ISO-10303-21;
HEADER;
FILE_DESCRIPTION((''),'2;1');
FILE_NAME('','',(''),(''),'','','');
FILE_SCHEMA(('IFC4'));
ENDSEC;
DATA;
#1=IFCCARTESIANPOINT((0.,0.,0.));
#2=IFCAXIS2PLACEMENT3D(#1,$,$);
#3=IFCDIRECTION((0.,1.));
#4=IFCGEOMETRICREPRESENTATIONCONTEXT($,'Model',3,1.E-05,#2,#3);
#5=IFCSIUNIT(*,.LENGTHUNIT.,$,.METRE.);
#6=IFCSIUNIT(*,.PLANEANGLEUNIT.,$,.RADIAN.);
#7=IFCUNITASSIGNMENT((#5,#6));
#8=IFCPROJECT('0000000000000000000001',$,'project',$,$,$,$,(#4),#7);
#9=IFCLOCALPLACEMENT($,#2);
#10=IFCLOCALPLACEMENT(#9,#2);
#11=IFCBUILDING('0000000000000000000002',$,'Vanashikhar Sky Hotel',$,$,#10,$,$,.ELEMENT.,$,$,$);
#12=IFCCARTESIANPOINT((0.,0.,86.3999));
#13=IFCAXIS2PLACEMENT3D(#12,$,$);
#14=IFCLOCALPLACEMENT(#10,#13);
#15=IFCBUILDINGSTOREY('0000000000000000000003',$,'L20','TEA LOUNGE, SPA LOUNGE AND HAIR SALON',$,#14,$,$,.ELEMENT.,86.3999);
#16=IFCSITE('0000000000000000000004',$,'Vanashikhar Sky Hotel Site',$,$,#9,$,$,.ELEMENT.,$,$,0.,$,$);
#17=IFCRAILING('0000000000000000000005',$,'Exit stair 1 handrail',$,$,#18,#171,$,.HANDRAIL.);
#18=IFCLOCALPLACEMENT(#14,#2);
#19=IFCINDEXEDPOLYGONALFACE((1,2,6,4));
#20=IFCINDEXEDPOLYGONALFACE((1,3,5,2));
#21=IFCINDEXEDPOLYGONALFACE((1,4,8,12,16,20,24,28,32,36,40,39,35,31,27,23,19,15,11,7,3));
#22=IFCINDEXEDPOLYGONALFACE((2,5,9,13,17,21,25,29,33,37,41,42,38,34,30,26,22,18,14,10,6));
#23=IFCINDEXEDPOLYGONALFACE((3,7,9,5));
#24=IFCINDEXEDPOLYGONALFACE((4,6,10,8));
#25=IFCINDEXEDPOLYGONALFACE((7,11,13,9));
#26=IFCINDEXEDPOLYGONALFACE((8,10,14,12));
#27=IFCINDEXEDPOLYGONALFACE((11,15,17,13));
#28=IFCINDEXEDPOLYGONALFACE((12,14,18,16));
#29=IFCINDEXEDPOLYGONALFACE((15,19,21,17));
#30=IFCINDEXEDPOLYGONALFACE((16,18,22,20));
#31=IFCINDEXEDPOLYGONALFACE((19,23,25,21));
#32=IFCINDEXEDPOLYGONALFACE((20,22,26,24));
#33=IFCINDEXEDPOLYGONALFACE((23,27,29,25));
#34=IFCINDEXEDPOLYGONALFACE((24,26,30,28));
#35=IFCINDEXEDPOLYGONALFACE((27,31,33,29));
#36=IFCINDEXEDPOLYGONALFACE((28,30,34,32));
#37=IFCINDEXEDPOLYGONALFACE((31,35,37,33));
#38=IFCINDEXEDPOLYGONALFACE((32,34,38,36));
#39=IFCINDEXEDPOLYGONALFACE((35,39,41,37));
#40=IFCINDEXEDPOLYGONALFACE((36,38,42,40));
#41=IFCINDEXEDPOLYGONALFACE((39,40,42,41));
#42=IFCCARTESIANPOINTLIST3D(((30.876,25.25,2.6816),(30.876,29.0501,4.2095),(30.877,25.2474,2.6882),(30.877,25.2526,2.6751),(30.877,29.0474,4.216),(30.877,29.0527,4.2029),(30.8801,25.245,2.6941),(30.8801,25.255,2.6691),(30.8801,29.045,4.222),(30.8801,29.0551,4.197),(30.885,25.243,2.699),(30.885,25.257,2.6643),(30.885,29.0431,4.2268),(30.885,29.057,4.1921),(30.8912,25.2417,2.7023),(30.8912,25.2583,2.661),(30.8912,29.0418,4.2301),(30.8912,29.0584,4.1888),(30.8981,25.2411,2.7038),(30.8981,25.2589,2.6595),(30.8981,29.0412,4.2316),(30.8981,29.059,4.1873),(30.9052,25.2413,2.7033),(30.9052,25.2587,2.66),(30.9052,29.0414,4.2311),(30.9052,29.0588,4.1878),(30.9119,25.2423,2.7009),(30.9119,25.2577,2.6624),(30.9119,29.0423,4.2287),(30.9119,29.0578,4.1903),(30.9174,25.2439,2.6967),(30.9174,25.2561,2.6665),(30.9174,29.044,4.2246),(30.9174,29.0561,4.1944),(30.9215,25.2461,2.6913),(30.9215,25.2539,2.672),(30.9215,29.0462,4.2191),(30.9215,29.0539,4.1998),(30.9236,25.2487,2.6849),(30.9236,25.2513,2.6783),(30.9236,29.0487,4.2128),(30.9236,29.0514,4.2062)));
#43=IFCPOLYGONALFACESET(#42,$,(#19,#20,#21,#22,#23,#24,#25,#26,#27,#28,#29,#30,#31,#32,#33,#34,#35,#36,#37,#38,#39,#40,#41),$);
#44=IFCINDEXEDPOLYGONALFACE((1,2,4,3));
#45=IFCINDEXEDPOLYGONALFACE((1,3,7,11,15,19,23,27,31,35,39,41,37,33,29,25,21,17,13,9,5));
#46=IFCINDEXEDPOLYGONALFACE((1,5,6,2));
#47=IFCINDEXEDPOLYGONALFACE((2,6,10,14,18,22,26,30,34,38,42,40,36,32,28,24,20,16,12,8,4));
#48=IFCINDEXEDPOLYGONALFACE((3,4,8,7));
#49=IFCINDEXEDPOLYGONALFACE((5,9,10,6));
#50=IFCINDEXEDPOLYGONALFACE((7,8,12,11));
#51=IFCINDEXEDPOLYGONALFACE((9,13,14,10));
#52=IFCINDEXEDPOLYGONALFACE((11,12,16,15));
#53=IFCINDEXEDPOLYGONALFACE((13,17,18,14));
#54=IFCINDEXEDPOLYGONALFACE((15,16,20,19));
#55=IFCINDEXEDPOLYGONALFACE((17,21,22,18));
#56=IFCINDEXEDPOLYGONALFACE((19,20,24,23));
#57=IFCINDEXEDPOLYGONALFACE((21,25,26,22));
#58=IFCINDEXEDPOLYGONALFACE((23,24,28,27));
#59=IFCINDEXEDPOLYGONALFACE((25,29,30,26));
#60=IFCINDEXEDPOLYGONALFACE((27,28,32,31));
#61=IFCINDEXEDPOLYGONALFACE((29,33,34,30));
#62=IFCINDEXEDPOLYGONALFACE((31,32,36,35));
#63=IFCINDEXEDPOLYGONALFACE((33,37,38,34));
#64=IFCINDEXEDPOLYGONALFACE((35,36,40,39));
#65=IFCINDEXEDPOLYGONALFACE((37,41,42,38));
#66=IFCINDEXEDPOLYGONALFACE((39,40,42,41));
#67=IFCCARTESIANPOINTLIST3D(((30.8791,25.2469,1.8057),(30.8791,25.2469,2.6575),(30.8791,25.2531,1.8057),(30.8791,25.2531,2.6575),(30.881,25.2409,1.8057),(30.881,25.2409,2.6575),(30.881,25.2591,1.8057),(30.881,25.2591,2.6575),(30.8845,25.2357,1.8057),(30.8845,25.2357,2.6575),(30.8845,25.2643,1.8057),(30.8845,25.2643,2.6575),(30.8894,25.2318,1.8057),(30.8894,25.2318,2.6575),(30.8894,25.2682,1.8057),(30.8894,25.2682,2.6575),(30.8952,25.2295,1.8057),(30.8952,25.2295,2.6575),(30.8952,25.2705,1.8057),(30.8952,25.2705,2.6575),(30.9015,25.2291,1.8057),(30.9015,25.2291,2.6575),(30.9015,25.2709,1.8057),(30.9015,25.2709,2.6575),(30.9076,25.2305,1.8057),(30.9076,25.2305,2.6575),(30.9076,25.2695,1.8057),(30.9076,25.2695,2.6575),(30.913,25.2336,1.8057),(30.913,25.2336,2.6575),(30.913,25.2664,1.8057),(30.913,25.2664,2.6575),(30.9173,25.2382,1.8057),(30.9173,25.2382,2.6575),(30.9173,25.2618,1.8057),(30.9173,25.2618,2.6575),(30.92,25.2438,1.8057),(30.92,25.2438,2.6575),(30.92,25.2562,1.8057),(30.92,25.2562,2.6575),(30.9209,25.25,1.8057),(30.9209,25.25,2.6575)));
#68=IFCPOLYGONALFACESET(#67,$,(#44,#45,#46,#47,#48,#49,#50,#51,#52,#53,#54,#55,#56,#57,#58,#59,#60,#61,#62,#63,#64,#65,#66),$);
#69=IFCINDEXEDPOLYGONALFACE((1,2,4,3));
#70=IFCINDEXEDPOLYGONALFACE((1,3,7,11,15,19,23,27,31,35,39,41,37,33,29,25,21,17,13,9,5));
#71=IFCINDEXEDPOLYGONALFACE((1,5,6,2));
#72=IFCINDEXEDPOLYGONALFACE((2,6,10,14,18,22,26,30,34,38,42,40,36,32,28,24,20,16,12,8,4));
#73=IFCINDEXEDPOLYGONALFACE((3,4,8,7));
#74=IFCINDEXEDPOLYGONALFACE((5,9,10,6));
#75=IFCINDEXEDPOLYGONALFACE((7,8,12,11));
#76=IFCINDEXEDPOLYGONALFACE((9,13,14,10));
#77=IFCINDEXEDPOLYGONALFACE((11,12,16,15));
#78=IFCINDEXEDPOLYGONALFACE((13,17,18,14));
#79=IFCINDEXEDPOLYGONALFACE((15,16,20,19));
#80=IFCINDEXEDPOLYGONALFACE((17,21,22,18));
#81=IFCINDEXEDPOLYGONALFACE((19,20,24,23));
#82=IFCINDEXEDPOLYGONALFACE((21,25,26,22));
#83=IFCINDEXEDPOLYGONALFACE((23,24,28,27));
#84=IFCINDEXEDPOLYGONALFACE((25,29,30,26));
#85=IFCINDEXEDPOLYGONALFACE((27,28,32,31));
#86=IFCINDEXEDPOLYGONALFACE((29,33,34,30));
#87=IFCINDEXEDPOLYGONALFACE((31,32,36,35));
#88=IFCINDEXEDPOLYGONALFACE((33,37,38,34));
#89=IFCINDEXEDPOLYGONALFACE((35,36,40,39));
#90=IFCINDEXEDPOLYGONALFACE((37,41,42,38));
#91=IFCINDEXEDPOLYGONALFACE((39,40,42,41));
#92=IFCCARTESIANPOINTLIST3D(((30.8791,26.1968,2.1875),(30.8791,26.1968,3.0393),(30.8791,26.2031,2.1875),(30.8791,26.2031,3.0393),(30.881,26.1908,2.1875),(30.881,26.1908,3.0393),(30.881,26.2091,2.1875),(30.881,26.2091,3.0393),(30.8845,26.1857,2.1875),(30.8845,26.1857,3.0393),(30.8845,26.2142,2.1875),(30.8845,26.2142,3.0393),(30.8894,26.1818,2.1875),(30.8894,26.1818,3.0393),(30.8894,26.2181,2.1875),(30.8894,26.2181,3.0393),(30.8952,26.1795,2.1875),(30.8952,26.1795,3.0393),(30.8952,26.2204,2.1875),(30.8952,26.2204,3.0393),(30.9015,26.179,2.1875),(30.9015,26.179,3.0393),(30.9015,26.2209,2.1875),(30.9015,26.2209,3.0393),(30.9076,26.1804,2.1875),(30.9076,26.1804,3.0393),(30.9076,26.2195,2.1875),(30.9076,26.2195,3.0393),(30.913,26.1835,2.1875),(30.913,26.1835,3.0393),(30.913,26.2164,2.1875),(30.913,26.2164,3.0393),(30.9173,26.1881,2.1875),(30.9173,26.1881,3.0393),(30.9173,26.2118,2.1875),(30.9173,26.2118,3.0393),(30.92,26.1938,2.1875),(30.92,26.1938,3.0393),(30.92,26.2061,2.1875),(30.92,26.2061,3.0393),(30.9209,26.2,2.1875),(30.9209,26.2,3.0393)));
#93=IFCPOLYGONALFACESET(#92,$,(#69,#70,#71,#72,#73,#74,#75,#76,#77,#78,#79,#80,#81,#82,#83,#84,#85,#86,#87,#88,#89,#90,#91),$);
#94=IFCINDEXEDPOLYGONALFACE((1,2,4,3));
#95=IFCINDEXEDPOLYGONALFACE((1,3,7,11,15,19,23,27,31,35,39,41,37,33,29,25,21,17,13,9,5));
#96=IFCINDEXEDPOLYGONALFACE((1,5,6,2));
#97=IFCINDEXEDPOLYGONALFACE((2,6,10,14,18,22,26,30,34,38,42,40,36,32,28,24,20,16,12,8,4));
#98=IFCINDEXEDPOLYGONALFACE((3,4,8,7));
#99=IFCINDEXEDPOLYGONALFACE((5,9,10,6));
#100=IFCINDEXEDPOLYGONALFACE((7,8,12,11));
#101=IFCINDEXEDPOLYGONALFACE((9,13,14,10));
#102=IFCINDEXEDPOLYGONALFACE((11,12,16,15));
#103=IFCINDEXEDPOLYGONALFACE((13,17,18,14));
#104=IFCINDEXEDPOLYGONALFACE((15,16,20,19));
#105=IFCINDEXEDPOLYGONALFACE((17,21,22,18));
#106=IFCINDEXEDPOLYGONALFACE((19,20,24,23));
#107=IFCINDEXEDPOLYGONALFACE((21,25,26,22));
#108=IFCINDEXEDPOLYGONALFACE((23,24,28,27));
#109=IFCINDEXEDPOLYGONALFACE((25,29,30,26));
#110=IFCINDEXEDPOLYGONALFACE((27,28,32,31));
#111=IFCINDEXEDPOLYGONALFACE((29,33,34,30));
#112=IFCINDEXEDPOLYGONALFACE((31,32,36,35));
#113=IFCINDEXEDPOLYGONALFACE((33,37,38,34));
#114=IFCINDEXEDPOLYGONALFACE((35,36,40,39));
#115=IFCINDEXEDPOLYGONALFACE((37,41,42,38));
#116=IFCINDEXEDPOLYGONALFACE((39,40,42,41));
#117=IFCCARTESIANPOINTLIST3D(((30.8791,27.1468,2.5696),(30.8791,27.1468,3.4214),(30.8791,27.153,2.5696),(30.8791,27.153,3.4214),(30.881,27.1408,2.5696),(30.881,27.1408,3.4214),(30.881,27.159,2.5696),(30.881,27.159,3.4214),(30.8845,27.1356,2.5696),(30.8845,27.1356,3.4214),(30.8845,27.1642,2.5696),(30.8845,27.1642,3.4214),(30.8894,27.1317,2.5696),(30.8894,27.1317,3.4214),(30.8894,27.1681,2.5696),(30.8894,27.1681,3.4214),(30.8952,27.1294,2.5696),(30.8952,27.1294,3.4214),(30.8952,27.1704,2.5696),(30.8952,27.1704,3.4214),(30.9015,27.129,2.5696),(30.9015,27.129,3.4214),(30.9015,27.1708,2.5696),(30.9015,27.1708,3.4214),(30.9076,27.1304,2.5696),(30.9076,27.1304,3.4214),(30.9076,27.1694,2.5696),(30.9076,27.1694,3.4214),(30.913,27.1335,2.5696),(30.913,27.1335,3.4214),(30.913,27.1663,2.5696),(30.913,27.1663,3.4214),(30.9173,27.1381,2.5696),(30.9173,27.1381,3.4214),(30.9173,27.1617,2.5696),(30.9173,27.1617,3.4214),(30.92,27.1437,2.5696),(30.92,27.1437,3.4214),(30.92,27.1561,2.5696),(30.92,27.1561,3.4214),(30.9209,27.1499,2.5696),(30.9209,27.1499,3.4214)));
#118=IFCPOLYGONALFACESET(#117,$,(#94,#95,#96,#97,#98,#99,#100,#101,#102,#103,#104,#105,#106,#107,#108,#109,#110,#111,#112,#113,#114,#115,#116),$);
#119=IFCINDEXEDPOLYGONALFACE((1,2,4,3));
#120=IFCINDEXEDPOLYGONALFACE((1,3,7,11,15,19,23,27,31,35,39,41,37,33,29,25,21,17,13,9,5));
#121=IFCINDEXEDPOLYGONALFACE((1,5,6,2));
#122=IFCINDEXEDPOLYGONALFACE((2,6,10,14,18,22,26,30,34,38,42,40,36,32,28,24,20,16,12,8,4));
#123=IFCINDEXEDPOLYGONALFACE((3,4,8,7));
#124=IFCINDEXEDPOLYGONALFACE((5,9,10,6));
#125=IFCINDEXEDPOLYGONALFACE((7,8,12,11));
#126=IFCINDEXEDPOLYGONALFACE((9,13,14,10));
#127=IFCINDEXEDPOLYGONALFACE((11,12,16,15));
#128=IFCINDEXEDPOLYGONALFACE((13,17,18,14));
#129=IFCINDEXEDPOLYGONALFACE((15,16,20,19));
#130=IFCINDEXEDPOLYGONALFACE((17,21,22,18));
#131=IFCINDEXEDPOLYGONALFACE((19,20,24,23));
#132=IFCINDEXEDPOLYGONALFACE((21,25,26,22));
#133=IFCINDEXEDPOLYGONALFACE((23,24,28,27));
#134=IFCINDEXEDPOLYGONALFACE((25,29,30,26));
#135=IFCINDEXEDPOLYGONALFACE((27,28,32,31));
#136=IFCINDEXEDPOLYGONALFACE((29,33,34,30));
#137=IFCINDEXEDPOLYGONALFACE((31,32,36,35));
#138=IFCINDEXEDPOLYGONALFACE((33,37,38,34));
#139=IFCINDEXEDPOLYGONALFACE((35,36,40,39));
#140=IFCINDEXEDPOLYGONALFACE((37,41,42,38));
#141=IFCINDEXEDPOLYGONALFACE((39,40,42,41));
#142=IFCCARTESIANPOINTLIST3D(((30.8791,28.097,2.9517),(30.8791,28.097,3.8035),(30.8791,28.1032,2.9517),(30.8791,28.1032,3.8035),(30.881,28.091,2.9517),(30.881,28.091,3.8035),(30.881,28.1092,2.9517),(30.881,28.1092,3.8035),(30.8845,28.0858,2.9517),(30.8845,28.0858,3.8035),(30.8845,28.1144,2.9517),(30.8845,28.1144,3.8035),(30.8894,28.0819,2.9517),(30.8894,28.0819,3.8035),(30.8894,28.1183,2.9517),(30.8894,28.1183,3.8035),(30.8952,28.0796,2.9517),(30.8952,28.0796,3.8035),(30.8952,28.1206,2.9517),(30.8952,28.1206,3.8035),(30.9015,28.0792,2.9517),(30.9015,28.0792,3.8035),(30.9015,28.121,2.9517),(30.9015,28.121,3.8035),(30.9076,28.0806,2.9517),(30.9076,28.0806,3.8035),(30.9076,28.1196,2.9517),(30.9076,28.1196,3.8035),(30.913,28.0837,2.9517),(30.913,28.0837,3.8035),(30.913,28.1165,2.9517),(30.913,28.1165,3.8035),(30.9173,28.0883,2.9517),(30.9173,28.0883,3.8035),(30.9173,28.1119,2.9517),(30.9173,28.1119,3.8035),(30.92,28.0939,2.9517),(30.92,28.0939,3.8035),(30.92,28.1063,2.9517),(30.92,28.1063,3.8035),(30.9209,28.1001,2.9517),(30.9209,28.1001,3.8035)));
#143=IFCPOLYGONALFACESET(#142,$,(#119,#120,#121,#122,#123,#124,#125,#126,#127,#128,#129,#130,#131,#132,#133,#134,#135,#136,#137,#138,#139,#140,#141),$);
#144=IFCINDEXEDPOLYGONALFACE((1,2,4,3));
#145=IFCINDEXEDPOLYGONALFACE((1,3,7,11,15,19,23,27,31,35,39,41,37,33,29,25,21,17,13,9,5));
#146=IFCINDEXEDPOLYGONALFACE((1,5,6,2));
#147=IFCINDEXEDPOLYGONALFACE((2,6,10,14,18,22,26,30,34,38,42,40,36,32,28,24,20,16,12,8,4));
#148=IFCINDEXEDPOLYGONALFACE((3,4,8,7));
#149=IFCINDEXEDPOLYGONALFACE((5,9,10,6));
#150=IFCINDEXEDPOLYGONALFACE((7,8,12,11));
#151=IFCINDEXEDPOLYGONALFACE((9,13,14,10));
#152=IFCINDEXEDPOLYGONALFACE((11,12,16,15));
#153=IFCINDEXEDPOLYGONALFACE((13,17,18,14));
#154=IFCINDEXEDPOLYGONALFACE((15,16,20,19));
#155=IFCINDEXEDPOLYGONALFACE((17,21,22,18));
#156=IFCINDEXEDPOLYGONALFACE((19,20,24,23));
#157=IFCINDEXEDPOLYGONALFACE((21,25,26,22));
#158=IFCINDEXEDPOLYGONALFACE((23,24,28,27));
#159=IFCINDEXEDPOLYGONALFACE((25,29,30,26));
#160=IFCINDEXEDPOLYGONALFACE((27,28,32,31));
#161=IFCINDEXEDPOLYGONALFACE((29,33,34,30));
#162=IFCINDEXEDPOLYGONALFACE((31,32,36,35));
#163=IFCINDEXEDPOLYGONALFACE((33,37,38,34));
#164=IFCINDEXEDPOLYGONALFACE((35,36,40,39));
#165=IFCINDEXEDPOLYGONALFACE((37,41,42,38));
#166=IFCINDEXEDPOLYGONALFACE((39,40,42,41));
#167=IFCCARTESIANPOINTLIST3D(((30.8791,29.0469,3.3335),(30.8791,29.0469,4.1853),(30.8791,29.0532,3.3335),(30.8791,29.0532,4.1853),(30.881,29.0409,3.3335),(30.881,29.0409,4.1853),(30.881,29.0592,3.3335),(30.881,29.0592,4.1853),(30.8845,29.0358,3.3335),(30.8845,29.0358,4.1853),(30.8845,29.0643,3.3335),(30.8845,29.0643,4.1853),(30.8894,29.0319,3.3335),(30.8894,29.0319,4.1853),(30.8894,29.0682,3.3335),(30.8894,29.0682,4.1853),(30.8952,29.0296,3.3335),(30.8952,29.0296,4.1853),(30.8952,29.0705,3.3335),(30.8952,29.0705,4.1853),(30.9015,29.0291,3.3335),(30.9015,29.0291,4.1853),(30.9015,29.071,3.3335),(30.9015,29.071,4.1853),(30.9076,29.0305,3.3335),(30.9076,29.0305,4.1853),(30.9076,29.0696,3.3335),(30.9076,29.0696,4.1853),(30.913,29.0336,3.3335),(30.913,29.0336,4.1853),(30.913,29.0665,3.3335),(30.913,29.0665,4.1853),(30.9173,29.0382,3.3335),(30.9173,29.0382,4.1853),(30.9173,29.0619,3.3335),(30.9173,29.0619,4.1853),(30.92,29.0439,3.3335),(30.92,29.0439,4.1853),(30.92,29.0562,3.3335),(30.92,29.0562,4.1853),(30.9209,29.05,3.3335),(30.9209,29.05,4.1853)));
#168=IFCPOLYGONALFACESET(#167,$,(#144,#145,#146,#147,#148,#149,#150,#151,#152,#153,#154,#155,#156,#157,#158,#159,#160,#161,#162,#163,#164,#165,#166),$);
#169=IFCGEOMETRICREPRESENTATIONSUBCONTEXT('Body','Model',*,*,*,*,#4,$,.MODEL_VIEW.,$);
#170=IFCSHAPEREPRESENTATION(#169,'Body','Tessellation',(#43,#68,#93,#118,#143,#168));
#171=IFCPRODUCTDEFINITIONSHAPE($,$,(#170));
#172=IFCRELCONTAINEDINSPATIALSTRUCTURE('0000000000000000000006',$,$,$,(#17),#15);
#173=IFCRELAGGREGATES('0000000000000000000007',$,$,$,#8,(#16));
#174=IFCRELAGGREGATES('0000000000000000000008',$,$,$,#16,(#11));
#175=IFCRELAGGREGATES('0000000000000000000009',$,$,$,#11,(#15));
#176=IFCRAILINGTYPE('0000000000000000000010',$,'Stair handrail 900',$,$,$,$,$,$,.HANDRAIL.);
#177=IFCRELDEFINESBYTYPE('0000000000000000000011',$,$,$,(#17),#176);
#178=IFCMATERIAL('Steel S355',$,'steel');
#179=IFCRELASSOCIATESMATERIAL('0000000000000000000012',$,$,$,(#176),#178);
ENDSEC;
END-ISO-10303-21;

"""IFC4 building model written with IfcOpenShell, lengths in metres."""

from ifc_helpers import new_model, si_unit, direction, frame, origin, origin_2d, place, context, subcontext, project, spatial, circle, extrude, source, transform, mapped, material, type_object, element, save


model = new_model("IFC4")

# Units and contexts
model_context = context("Model", 3, precision=1e-05, world=origin(), true_north=direction((0.0, 1.0)))
body_context = subcontext(model_context, "Body", "Model", "MODEL_VIEW")
ifc_project = project(units=[si_unit("LENGTHUNIT", "METRE"), si_unit("PLANEANGLEUNIT", "RADIAN")], contexts=[model_context])

# Site, building, storey
site_placement = place(None, origin())
site = spatial("IfcSite", under=ifc_project, at=site_placement, Name="Vanashikhar Sky Hotel Site", CompositionType="ELEMENT", RefElevation=0.0)
building_placement = place(site_placement, origin())
building = spatial("IfcBuilding", under=site, at=building_placement, Name="Vanashikhar Sky Hotel", CompositionType="ELEMENT")
storey_placement = place(building_placement, frame((0.0, 0.0, 86.3999)))
storey = spatial("IfcBuildingStorey", under=building, at=storey_placement, Name="L20", Description="TEA LOUNGE, SPA LOUNGE AND HAIR SALON", CompositionType="ELEMENT", Elevation=86.3999)

# Railing
ifc_material_1 = material(Name="Steel S355", Category="steel")
railing_type = type_object("IfcRailingType", Name="Stair handrail 900", PredefinedType="HANDRAIL", material=ifc_material_1)
shared_shape_1 = source(origin(), body_context, "Body", "SweptSolid", [
    extrude(circle(Radius=0.0239, at=origin_2d()), frame((0.0, 0.0, 0.876), z_axis=(0.0, 0.927817, 0.373034), x_axis=(-1.0, 0.0, 0.0)), (0.0, 0.0, 1.0), 4.0957),
    extrude(circle(Radius=0.021, at=origin_2d()), origin(), (0.0, 0.0, 1.0), 0.8518),
    extrude(circle(Radius=0.021, at=origin_2d()), frame((0.0, 0.95, 0.3818)), (0.0, 0.0, 1.0), 0.8518),
    extrude(circle(Radius=0.021, at=origin_2d()), frame((0.0, 1.8999, 0.7639)), (0.0, 0.0, 1.0), 0.8518),
    extrude(circle(Radius=0.021, at=origin_2d()), frame((0.0, 2.8501, 1.146)), (0.0, 0.0, 1.0), 0.8518),
    extrude(circle(Radius=0.021, at=origin_2d()), frame((0.0, 3.8, 1.5278)), (0.0, 0.0, 1.0), 0.8518),
])
for number, where, name in (
    (1, (30.8999, 25.25, 1.8057), "Exit stair 1 handrail"),
):
    element("IfcRailing", number, at=place(storey_placement, frame(where)), inside=storey, type_object=railing_type, Name=name, PredefinedType="HANDRAIL", context=body_context, shape_type="MappedRepresentation", body=[
        mapped(shared_shape_1, transform((0.0, 0.0, 0.0), scale=1.0)),
    ])

save(model, "model.ifc")
